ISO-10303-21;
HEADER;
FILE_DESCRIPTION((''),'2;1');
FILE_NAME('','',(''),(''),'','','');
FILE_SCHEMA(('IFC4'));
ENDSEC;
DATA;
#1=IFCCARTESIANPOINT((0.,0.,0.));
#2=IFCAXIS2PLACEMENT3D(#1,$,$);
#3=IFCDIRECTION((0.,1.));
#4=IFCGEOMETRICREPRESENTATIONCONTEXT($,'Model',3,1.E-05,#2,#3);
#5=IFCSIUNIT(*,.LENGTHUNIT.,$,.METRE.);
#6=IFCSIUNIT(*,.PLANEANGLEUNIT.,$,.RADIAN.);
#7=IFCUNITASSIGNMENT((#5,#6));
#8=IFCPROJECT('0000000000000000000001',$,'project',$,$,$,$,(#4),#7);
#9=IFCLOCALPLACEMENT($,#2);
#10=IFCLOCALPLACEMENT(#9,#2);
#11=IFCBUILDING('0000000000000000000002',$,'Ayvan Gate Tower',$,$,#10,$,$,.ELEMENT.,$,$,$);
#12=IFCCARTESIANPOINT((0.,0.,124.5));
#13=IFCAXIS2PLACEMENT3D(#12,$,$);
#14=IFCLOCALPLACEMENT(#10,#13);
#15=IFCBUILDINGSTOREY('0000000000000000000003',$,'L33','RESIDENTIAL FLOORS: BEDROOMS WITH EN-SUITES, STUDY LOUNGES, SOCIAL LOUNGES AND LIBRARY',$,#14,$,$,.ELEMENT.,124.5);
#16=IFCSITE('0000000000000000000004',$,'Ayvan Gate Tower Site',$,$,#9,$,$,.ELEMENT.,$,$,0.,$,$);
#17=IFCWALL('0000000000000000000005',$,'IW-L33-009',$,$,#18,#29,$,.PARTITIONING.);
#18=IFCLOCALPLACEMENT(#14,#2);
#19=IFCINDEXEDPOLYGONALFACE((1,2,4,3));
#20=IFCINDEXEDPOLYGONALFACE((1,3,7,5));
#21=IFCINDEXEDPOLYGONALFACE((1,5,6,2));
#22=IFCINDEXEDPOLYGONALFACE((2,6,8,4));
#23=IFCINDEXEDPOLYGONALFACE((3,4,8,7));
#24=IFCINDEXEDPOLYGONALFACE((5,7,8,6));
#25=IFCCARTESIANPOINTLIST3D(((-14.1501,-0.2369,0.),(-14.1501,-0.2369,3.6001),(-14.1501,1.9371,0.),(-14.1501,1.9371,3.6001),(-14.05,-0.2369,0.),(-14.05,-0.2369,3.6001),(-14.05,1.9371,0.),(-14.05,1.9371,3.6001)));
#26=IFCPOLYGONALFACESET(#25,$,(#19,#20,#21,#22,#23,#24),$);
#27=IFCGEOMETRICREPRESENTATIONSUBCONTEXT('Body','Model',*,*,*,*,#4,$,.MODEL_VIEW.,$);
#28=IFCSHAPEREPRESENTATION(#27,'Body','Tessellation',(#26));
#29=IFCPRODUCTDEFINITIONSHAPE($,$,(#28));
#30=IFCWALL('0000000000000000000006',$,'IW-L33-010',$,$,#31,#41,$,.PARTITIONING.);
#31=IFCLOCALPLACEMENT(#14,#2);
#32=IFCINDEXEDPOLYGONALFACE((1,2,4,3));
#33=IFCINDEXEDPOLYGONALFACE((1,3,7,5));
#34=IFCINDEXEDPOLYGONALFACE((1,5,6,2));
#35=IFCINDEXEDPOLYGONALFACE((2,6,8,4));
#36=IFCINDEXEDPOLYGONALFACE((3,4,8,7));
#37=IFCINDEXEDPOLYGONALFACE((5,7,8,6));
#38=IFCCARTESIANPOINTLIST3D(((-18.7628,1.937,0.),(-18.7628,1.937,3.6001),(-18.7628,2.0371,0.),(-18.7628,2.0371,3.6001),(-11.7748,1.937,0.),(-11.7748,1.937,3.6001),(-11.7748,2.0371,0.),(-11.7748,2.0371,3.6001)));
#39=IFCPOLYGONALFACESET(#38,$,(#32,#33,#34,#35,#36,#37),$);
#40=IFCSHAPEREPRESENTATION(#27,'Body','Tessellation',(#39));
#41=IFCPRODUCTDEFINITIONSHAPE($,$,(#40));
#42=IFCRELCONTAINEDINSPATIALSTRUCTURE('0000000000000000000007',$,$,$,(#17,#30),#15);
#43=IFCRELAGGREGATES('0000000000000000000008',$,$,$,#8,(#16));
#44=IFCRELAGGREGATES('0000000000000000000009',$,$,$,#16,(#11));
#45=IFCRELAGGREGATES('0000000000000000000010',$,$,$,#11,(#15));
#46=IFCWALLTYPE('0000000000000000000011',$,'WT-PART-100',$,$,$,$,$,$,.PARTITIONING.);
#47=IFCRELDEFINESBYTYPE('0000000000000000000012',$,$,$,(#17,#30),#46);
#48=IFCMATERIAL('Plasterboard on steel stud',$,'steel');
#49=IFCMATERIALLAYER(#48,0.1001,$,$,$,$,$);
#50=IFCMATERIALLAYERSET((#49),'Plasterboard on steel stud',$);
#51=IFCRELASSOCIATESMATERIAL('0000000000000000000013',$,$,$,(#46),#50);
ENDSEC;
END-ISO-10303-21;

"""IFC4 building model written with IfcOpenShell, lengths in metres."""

from ifc_helpers import new_model, si_unit, direction, frame, frame_2d, origin, place, context, subcontext, project, spatial, rectangle, extrude, material, layer, layer_set, type_object, element, save


model = new_model("IFC4")

# Units and contexts
model_context = context("Model", 3, precision=1e-05, world=origin(), true_north=direction((0.0, 1.0)))
body_context = subcontext(model_context, "Body", "Model", "MODEL_VIEW")
ifc_project = project(units=[si_unit("LENGTHUNIT", "METRE"), si_unit("PLANEANGLEUNIT", "RADIAN")], contexts=[model_context])

# Site, building, storey
site_placement = place(None, origin())
site = spatial("IfcSite", under=ifc_project, at=site_placement, Name="Ayvan Gate Tower Site", CompositionType="ELEMENT", RefElevation=0.0)
building_placement = place(site_placement, origin())
building = spatial("IfcBuilding", under=site, at=building_placement, Name="Ayvan Gate Tower", CompositionType="ELEMENT")
storey_placement = place(building_placement, frame((0.0, 0.0, 124.5)))
storey = spatial("IfcBuildingStorey", under=building, at=storey_placement, Name="L33", Description="RESIDENTIAL FLOORS: BEDROOMS WITH EN-SUITES, STUDY LOUNGES, SOCIAL LOUNGES AND LIBRARY", CompositionType="ELEMENT", Elevation=124.5)

# Shared definitions
ifc_material_1 = material(Name="Plasterboard on steel stud", Category="steel")

# Walls
ifc_layer_1 = layer(ifc_material_1, 0.1001)
ifc_layer_set_1 = layer_set([ifc_layer_1], Name="Plasterboard on steel stud")
wall_type_1 = type_object("IfcWallType", Name="WT-PART-100", PredefinedType="PARTITIONING", material=ifc_layer_set_1)
wall_1_placement = place(storey_placement, frame((-14.1001, 1.937, 0.0), z_axis=(0.0, 0.0, 1.0), x_axis=(0.0, -1.0, 0.0)))
element("IfcWall", 1, at=wall_1_placement, inside=storey, type_object=wall_type_1, Name="IW-L33-009", PredefinedType="PARTITIONING", context=body_context, shape_type="SweptSolid", body=[
    extrude(rectangle(XDim=2.1741, YDim=0.1001, at=frame_2d((1.0869, 0.0))), origin(), (0.0, 0.0, 1.0), 3.6001),
])
wall_2_placement = place(storey_placement, frame((-18.7629, 1.9871, 0.0), z_axis=(0.0, 0.0, 1.0), x_axis=(1.0, 0.0, 0.0)))
element("IfcWall", 2, at=wall_2_placement, inside=storey, type_object=wall_type_1, Name="IW-L33-010", PredefinedType="PARTITIONING", context=body_context, shape_type="SweptSolid", body=[
    extrude(rectangle(XDim=6.988, YDim=0.1001, at=frame_2d((3.4941, 0.0))), origin(), (0.0, 0.0, 1.0), 3.6001),
])

save(model, "model.ifc")
